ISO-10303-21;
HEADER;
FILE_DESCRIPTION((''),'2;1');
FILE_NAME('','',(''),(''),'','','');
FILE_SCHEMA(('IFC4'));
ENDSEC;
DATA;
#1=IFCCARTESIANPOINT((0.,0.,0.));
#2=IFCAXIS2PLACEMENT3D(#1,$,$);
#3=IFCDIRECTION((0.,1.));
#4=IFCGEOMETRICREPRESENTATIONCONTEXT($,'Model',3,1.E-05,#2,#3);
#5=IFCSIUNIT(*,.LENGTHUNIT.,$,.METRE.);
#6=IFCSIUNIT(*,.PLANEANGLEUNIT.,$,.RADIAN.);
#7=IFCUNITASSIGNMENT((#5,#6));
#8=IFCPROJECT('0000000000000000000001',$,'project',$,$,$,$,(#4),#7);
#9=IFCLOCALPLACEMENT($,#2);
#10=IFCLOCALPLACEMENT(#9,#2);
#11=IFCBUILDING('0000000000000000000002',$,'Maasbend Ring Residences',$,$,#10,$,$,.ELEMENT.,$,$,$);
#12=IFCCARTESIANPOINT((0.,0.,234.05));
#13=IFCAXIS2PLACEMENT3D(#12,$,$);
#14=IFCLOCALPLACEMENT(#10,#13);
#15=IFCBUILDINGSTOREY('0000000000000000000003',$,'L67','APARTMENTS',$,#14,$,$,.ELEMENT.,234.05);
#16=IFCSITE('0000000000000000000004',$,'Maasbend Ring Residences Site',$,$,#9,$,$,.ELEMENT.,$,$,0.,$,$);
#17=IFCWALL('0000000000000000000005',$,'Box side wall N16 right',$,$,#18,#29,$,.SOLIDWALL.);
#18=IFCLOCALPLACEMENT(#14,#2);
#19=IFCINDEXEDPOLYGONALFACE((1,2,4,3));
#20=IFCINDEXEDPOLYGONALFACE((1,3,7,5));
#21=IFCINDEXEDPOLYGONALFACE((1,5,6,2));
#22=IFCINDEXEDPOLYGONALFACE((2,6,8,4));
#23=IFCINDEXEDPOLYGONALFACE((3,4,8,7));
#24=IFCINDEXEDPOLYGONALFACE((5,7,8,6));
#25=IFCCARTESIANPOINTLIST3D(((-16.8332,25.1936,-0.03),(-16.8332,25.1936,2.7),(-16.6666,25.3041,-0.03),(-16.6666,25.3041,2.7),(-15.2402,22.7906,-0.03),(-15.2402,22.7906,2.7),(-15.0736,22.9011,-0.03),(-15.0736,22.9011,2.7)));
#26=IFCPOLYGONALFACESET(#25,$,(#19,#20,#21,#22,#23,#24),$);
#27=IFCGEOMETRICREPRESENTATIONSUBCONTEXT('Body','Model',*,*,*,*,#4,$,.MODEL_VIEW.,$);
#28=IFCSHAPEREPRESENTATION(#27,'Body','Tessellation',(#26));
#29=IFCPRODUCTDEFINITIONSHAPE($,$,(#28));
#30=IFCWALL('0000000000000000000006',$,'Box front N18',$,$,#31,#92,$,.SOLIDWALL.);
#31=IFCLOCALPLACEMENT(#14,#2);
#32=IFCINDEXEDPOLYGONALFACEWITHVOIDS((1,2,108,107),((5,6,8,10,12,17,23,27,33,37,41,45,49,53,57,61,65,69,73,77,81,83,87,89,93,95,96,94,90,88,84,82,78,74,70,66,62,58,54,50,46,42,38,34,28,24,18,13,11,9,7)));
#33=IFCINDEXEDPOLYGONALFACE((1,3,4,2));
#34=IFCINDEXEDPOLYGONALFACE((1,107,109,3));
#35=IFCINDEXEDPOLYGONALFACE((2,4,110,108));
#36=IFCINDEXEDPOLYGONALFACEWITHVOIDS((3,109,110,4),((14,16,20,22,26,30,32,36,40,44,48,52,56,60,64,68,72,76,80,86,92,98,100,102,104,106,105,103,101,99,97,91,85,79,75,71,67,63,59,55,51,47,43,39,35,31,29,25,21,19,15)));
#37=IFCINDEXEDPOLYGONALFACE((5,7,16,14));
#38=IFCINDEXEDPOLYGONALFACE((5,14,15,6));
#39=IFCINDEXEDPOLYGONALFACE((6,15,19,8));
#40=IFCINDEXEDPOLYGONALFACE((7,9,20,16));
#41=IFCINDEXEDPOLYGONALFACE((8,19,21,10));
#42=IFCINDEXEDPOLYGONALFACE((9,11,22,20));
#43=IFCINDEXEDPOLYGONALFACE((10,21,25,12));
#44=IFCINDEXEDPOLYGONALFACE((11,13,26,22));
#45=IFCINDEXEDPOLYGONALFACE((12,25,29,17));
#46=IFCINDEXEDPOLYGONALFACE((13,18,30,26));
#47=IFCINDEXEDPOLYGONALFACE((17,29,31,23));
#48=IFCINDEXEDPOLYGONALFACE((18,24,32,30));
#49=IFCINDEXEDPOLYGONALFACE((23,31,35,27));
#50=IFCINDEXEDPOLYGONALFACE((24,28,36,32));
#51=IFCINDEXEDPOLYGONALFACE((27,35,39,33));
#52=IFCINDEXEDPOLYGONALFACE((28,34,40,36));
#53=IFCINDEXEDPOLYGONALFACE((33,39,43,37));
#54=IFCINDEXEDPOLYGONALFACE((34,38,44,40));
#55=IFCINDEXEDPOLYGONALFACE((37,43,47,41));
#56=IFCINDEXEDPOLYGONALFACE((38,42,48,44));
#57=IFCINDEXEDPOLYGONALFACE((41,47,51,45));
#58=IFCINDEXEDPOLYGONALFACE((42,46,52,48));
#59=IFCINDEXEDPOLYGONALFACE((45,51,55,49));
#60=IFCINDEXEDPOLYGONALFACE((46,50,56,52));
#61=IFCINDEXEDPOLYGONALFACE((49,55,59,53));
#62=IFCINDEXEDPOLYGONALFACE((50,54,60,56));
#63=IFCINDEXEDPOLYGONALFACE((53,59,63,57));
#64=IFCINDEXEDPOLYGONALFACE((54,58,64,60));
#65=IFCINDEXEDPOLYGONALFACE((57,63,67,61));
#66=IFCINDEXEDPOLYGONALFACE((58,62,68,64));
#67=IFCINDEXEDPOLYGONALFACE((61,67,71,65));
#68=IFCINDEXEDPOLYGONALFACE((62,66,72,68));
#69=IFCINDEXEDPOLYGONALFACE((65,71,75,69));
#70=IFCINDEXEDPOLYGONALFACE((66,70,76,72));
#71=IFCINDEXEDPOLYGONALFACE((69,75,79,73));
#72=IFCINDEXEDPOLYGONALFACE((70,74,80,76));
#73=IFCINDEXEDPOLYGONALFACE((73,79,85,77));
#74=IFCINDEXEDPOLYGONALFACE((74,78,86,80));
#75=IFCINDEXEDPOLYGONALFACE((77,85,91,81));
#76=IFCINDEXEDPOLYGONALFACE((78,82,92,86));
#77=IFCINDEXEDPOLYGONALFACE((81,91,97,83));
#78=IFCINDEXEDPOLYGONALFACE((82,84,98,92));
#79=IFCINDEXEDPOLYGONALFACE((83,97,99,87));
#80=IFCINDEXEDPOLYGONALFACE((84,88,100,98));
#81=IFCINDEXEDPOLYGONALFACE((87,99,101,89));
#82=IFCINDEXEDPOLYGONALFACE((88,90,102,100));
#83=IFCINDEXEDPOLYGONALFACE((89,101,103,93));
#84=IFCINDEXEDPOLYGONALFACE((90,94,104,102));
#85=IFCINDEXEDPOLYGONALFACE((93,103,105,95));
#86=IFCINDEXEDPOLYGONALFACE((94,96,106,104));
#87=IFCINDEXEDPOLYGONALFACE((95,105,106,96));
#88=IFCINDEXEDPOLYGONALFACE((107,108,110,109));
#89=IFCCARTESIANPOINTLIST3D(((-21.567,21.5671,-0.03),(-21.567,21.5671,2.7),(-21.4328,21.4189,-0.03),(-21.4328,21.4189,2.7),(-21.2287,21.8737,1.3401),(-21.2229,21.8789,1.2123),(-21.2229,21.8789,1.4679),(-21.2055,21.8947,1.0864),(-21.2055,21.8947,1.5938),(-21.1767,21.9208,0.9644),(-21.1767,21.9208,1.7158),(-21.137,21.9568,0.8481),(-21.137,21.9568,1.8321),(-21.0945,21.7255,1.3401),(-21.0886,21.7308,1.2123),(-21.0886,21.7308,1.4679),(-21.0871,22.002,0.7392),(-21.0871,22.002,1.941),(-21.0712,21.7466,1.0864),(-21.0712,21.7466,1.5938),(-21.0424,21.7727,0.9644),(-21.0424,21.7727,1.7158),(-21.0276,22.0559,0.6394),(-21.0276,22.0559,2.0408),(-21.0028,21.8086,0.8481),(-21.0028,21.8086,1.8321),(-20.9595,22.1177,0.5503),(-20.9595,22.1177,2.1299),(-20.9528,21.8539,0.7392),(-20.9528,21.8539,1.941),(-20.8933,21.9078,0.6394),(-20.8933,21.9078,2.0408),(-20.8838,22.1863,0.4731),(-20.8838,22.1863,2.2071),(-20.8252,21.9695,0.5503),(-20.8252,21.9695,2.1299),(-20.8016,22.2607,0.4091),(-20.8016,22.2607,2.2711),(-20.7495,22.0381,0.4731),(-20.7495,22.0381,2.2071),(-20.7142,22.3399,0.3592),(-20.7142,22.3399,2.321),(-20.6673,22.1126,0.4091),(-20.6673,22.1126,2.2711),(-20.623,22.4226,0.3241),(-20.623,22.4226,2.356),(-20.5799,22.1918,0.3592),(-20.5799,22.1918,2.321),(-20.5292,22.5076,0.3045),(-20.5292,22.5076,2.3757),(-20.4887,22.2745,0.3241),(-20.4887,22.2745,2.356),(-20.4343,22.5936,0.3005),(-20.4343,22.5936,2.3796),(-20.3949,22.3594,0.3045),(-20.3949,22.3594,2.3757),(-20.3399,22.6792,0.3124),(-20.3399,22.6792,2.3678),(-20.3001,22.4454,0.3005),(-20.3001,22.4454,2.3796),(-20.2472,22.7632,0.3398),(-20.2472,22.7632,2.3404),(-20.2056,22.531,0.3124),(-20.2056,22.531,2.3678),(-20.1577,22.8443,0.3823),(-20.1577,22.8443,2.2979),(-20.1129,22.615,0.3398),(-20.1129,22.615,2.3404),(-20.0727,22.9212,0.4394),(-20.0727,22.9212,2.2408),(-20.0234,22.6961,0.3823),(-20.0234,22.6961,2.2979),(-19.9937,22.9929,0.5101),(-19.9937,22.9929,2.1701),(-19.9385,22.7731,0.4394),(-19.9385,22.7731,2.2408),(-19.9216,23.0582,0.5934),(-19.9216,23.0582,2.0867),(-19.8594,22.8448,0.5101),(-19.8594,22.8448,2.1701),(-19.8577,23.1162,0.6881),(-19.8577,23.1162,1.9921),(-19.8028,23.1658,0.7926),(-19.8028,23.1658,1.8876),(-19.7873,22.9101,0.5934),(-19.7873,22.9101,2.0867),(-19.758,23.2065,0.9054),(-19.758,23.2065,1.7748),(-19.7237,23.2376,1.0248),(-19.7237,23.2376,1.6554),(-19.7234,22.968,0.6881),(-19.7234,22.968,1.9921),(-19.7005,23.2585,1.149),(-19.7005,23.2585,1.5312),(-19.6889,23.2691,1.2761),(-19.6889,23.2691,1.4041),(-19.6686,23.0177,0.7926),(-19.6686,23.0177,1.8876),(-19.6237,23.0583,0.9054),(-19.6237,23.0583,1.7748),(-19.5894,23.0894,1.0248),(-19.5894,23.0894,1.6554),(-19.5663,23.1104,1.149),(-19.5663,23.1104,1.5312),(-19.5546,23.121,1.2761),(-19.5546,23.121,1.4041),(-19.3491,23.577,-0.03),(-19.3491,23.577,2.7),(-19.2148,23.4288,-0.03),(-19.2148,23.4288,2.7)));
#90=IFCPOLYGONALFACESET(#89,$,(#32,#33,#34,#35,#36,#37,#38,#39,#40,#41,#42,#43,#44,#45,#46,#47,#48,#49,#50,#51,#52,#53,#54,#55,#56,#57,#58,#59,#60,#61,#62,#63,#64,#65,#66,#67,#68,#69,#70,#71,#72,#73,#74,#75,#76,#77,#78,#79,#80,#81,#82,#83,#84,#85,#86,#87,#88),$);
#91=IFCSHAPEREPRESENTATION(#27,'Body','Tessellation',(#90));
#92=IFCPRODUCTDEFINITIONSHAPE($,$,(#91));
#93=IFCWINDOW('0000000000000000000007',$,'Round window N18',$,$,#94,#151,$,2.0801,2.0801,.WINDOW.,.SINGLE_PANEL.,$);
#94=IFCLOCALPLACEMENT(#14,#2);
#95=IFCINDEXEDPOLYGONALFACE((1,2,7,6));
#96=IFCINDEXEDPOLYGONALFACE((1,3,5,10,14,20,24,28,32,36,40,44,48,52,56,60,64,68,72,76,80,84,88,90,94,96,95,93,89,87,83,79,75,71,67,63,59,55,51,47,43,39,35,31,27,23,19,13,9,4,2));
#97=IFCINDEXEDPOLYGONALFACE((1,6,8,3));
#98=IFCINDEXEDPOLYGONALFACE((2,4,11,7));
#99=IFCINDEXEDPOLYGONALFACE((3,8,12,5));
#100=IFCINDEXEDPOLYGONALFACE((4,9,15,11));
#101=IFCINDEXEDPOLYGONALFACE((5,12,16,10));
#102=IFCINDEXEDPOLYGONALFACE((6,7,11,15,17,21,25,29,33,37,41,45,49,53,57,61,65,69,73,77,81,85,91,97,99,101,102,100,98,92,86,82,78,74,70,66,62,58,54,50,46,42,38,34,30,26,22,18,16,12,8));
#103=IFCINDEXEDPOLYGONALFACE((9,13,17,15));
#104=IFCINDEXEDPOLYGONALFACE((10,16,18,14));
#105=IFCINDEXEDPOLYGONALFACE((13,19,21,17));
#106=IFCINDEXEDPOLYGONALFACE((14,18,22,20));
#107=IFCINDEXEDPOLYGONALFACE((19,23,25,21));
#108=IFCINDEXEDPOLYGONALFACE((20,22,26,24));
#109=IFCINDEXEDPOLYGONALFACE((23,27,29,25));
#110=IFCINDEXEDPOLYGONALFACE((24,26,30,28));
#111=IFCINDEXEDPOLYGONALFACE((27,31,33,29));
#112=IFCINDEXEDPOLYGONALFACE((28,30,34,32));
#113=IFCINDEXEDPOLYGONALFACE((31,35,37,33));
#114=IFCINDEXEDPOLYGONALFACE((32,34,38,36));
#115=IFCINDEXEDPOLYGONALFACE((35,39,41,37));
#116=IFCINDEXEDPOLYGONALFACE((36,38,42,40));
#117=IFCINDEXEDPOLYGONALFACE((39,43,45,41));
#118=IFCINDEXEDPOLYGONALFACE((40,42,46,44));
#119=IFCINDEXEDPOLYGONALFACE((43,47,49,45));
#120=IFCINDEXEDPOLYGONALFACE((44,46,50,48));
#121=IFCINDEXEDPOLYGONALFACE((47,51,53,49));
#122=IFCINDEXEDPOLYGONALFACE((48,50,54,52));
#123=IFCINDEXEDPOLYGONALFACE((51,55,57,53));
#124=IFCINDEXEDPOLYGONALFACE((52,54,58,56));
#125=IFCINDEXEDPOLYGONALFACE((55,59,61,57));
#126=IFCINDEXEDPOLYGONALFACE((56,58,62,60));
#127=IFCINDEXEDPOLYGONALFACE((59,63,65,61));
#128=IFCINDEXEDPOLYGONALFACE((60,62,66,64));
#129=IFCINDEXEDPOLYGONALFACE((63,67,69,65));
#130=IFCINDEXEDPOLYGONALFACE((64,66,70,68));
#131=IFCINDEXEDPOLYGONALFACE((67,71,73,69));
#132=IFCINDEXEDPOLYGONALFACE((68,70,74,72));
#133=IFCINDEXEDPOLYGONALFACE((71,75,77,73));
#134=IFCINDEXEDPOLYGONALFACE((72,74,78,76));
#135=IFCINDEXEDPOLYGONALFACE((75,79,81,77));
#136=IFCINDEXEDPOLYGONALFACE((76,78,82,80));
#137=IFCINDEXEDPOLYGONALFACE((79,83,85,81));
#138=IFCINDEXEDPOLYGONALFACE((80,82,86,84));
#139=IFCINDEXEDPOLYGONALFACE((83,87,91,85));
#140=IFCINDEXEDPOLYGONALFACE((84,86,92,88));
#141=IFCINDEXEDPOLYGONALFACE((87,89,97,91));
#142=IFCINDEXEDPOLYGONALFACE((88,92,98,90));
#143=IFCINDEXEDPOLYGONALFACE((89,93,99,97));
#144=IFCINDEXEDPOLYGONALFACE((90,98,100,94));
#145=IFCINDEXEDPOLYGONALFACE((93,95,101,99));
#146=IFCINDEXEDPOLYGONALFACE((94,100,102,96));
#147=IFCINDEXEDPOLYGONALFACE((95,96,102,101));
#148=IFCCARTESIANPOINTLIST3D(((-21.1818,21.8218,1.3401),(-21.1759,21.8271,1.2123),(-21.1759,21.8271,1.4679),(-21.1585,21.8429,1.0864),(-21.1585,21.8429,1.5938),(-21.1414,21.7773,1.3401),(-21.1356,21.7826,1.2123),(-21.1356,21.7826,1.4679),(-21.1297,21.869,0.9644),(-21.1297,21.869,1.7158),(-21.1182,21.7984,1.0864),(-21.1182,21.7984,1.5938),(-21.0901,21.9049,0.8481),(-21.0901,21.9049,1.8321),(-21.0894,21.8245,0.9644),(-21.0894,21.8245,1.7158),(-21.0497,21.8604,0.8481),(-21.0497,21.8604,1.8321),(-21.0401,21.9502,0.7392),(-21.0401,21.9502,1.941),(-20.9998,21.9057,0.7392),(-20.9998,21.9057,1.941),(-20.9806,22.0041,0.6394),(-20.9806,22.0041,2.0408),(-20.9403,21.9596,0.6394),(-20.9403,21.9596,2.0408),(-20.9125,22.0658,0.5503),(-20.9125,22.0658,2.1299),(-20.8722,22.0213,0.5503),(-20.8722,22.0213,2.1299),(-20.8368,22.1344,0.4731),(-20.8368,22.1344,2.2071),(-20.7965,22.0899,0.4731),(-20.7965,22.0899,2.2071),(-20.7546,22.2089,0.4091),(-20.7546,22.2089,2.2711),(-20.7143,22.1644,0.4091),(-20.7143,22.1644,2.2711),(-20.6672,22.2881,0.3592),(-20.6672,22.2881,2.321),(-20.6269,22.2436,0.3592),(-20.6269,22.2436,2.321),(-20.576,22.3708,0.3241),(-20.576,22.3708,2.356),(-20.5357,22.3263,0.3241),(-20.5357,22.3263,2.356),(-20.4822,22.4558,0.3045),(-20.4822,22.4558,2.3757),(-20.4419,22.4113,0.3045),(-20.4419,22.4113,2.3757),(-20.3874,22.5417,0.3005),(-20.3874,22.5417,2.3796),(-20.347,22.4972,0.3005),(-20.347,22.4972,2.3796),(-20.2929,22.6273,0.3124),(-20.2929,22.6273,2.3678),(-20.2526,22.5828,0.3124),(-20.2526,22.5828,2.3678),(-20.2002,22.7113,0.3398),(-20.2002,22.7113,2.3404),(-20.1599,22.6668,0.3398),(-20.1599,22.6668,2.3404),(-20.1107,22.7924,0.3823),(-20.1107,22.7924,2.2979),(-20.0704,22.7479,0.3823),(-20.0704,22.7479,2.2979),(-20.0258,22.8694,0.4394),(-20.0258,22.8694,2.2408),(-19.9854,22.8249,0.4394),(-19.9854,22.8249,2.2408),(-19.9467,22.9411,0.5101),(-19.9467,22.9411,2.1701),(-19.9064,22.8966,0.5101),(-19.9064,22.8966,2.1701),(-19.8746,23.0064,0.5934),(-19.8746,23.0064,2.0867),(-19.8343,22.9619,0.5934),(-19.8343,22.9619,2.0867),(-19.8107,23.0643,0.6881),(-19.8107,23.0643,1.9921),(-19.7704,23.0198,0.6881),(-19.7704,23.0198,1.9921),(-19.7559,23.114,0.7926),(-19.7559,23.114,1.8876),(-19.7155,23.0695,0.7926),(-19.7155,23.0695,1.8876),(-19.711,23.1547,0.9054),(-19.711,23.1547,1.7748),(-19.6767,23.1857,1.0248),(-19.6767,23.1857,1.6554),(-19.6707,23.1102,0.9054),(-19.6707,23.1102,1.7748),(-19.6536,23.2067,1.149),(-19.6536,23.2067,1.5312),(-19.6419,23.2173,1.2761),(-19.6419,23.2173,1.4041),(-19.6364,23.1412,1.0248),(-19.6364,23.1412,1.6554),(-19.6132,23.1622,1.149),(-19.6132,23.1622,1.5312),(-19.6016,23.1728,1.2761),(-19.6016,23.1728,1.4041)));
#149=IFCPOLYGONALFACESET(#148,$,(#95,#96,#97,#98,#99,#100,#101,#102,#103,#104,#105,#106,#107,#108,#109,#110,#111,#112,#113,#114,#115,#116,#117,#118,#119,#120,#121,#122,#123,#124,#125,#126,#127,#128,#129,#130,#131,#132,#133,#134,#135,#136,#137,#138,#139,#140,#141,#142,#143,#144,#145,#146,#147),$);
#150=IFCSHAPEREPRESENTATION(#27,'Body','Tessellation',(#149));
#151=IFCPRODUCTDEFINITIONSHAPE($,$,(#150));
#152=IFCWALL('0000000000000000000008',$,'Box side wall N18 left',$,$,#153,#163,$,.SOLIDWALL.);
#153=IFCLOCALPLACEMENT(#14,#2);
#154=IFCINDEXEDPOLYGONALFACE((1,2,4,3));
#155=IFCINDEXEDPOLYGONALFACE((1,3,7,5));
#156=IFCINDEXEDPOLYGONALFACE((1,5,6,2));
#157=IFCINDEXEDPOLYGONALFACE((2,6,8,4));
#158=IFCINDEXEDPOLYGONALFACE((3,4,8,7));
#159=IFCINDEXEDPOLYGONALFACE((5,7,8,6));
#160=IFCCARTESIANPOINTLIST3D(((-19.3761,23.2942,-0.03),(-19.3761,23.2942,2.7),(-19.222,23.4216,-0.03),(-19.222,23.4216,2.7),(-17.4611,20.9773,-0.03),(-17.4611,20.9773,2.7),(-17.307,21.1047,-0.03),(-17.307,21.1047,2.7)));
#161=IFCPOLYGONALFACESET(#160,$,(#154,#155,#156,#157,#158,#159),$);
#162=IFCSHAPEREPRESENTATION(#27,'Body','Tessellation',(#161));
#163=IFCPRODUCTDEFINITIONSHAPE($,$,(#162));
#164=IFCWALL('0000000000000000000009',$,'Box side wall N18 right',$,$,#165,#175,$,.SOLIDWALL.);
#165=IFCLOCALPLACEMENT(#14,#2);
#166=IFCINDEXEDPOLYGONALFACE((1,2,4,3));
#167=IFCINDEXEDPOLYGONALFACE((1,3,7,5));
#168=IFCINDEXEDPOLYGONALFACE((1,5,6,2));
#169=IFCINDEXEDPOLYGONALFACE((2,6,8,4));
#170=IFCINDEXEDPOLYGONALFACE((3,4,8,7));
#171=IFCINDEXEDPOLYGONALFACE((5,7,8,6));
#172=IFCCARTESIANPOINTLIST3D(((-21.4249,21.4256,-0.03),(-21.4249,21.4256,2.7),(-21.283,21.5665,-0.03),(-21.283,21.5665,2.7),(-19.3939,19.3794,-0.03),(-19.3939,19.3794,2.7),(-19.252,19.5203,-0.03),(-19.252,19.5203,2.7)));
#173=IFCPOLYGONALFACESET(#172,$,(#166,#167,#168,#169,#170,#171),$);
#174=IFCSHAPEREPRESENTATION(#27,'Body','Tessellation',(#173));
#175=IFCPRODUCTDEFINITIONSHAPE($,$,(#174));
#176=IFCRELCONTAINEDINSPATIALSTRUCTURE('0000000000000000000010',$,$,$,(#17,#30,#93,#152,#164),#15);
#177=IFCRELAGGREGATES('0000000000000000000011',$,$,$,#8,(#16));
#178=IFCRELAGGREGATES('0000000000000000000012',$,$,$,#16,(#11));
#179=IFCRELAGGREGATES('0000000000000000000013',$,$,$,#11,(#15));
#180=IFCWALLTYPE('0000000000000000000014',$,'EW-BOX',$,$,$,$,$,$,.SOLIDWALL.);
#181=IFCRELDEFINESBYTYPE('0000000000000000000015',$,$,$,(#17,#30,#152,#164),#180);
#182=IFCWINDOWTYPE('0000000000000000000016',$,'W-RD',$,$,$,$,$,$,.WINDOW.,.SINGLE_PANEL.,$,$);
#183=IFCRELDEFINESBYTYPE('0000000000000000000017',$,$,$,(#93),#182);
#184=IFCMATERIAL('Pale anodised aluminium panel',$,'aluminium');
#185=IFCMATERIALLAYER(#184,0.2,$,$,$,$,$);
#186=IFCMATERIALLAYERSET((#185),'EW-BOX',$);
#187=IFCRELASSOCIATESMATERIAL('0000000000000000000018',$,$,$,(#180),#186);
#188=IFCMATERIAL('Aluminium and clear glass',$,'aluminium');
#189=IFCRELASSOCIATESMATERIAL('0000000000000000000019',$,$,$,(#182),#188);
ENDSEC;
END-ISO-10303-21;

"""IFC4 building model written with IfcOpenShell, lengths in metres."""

from ifc_helpers import new_model, si_unit, direction, frame, frame_2d, origin, place, context, subcontext, project, spatial, rectangle, circle, extrude, material, layer, layer_set, type_object, element, fill, save


model = new_model("IFC4")

# Units and contexts
model_context = context("Model", 3, precision=1e-05, world=origin(), true_north=direction((0.0, 1.0)))
body_context = subcontext(model_context, "Body", "Model", "MODEL_VIEW")
ifc_project = project(units=[si_unit("LENGTHUNIT", "METRE"), si_unit("PLANEANGLEUNIT", "RADIAN")], contexts=[model_context])

# Site, building, storey
site_placement = place(None, origin())
site = spatial("IfcSite", under=ifc_project, at=site_placement, Name="Maasbend Ring Residences Site", CompositionType="ELEMENT", RefElevation=0.0)
building_placement = place(site_placement, origin())
building = spatial("IfcBuilding", under=site, at=building_placement, Name="Maasbend Ring Residences", CompositionType="ELEMENT")
storey_placement = place(building_placement, frame((0.0, 0.0, 234.05)))
storey = spatial("IfcBuildingStorey", under=building, at=storey_placement, Name="L67", Description="APARTMENTS", CompositionType="ELEMENT", Elevation=234.05)

# Shared definitions
ifc_material_1 = material(Name="Pale anodised aluminium panel", Category="aluminium")
ifc_layer_1 = layer(ifc_material_1, 0.2)
ifc_layer_set_1 = layer_set([ifc_layer_1], Name="EW-BOX")
wall_type_1 = type_object("IfcWallType", Name="EW-BOX", PredefinedType="SOLIDWALL", material=ifc_layer_set_1)
ifc_material_2 = material(Name="Aluminium and clear glass", Category="aluminium")
window_type_1 = type_object("IfcWindowType", Name="W-RD", PartitioningType="SINGLE_PANEL", PredefinedType="WINDOW", material=ifc_material_2)

# Wall
wall_1_placement = place(storey_placement, frame((-15.157, 22.8459, -0.03), z_axis=(0.0, 0.0, 1.0), x_axis=(-0.552529, 0.833494, 0.0)))
element("IfcWall", 1, at=wall_1_placement, inside=storey, type_object=wall_type_1, Name="Box side wall N16 right", PredefinedType="SOLIDWALL", context=body_context, shape_type="SweptSolid", body=[
    extrude(rectangle(XDim=2.8831, YDim=0.2, at=frame_2d((1.4414, 0.0))), origin(), (0.0, 0.0, 1.0), 2.73),
])

# Wall, opening, window
wall_2_placement = place(storey_placement, frame((-19.282, 23.5029, -0.03), z_axis=(0.0, 0.0, 1.0), x_axis=(-0.740998, -0.671507, 0.0)))
wall_2 = element("IfcWall", 2, at=wall_2_placement, inside=storey, type_object=wall_type_1, Name="Box front N18", PredefinedType="SOLIDWALL", context=body_context, shape_type="SweptSolid", body=[
    extrude(rectangle(XDim=2.9932, YDim=0.2, at=frame_2d((1.4966, 0.0))), origin(), (0.0, 0.0, 1.0), 2.73),
])
opening_1_placement = place(wall_2_placement, frame((0.4565, 0.0, 0.3301)))
opening_1 = element("IfcOpeningElement", 3, at=opening_1_placement, cuts=wall_2, PredefinedType="OPENING", context=body_context, shape_type="SweptSolid", body=[
    extrude(circle(Radius=1.04, at=frame_2d((1.04, 1.04))), frame((0.0, 0.1099, 0.0), z_axis=(0.0, -1.0, 0.0), x_axis=(1.0, 0.0, 0.0)), (0.0, 0.0, 1.0), 0.22),
])
window_1_placement = place(opening_1_placement, origin())
window_1 = element("IfcWindow", 4, at=window_1_placement, inside=storey, type_object=window_type_1, Name="Round window N18", OverallHeight=2.0801, OverallWidth=2.0801, PartitioningType="SINGLE_PANEL", PredefinedType="WINDOW", context=body_context, shape_type="SweptSolid", body=[
    extrude(circle(Radius=1.04, at=frame_2d((1.04, 1.04))), frame((0.0, 0.03, 0.0), z_axis=(0.0, -1.0, 0.0), x_axis=(1.0, 0.0, 0.0)), (0.0, 0.0, 1.0), 0.0601),
])
fill(opening_1, window_1)

# Walls
wall_3_placement = place(storey_placement, frame((-17.384, 21.041, -0.03), z_axis=(0.0, 0.0, 1.0), x_axis=(-0.637096, 0.770785, 0.0)))
element("IfcWall", 5, at=wall_3_placement, inside=storey, type_object=wall_type_1, Name="Box side wall N18 left", PredefinedType="SOLIDWALL", context=body_context, shape_type="SweptSolid", body=[
    extrude(rectangle(XDim=3.0059, YDim=0.2, at=frame_2d((1.5029, 0.0))), origin(), (0.0, 0.0, 1.0), 2.73),
])
wall_4_placement = place(storey_placement, frame((-19.323, 19.45, -0.03), z_axis=(0.0, 0.0, 1.0), x_axis=(-0.704477, 0.709727, 0.0)))
element("IfcWall", 6, at=wall_4_placement, inside=storey, type_object=wall_type_1, Name="Box side wall N18 right", PredefinedType="SOLIDWALL", context=body_context, shape_type="SweptSolid", body=[
    extrude(rectangle(XDim=2.8831, YDim=0.2, at=frame_2d((1.4414, 0.0))), origin(), (0.0, 0.0, 1.0), 2.73),
])

save(model, "model.ifc")
